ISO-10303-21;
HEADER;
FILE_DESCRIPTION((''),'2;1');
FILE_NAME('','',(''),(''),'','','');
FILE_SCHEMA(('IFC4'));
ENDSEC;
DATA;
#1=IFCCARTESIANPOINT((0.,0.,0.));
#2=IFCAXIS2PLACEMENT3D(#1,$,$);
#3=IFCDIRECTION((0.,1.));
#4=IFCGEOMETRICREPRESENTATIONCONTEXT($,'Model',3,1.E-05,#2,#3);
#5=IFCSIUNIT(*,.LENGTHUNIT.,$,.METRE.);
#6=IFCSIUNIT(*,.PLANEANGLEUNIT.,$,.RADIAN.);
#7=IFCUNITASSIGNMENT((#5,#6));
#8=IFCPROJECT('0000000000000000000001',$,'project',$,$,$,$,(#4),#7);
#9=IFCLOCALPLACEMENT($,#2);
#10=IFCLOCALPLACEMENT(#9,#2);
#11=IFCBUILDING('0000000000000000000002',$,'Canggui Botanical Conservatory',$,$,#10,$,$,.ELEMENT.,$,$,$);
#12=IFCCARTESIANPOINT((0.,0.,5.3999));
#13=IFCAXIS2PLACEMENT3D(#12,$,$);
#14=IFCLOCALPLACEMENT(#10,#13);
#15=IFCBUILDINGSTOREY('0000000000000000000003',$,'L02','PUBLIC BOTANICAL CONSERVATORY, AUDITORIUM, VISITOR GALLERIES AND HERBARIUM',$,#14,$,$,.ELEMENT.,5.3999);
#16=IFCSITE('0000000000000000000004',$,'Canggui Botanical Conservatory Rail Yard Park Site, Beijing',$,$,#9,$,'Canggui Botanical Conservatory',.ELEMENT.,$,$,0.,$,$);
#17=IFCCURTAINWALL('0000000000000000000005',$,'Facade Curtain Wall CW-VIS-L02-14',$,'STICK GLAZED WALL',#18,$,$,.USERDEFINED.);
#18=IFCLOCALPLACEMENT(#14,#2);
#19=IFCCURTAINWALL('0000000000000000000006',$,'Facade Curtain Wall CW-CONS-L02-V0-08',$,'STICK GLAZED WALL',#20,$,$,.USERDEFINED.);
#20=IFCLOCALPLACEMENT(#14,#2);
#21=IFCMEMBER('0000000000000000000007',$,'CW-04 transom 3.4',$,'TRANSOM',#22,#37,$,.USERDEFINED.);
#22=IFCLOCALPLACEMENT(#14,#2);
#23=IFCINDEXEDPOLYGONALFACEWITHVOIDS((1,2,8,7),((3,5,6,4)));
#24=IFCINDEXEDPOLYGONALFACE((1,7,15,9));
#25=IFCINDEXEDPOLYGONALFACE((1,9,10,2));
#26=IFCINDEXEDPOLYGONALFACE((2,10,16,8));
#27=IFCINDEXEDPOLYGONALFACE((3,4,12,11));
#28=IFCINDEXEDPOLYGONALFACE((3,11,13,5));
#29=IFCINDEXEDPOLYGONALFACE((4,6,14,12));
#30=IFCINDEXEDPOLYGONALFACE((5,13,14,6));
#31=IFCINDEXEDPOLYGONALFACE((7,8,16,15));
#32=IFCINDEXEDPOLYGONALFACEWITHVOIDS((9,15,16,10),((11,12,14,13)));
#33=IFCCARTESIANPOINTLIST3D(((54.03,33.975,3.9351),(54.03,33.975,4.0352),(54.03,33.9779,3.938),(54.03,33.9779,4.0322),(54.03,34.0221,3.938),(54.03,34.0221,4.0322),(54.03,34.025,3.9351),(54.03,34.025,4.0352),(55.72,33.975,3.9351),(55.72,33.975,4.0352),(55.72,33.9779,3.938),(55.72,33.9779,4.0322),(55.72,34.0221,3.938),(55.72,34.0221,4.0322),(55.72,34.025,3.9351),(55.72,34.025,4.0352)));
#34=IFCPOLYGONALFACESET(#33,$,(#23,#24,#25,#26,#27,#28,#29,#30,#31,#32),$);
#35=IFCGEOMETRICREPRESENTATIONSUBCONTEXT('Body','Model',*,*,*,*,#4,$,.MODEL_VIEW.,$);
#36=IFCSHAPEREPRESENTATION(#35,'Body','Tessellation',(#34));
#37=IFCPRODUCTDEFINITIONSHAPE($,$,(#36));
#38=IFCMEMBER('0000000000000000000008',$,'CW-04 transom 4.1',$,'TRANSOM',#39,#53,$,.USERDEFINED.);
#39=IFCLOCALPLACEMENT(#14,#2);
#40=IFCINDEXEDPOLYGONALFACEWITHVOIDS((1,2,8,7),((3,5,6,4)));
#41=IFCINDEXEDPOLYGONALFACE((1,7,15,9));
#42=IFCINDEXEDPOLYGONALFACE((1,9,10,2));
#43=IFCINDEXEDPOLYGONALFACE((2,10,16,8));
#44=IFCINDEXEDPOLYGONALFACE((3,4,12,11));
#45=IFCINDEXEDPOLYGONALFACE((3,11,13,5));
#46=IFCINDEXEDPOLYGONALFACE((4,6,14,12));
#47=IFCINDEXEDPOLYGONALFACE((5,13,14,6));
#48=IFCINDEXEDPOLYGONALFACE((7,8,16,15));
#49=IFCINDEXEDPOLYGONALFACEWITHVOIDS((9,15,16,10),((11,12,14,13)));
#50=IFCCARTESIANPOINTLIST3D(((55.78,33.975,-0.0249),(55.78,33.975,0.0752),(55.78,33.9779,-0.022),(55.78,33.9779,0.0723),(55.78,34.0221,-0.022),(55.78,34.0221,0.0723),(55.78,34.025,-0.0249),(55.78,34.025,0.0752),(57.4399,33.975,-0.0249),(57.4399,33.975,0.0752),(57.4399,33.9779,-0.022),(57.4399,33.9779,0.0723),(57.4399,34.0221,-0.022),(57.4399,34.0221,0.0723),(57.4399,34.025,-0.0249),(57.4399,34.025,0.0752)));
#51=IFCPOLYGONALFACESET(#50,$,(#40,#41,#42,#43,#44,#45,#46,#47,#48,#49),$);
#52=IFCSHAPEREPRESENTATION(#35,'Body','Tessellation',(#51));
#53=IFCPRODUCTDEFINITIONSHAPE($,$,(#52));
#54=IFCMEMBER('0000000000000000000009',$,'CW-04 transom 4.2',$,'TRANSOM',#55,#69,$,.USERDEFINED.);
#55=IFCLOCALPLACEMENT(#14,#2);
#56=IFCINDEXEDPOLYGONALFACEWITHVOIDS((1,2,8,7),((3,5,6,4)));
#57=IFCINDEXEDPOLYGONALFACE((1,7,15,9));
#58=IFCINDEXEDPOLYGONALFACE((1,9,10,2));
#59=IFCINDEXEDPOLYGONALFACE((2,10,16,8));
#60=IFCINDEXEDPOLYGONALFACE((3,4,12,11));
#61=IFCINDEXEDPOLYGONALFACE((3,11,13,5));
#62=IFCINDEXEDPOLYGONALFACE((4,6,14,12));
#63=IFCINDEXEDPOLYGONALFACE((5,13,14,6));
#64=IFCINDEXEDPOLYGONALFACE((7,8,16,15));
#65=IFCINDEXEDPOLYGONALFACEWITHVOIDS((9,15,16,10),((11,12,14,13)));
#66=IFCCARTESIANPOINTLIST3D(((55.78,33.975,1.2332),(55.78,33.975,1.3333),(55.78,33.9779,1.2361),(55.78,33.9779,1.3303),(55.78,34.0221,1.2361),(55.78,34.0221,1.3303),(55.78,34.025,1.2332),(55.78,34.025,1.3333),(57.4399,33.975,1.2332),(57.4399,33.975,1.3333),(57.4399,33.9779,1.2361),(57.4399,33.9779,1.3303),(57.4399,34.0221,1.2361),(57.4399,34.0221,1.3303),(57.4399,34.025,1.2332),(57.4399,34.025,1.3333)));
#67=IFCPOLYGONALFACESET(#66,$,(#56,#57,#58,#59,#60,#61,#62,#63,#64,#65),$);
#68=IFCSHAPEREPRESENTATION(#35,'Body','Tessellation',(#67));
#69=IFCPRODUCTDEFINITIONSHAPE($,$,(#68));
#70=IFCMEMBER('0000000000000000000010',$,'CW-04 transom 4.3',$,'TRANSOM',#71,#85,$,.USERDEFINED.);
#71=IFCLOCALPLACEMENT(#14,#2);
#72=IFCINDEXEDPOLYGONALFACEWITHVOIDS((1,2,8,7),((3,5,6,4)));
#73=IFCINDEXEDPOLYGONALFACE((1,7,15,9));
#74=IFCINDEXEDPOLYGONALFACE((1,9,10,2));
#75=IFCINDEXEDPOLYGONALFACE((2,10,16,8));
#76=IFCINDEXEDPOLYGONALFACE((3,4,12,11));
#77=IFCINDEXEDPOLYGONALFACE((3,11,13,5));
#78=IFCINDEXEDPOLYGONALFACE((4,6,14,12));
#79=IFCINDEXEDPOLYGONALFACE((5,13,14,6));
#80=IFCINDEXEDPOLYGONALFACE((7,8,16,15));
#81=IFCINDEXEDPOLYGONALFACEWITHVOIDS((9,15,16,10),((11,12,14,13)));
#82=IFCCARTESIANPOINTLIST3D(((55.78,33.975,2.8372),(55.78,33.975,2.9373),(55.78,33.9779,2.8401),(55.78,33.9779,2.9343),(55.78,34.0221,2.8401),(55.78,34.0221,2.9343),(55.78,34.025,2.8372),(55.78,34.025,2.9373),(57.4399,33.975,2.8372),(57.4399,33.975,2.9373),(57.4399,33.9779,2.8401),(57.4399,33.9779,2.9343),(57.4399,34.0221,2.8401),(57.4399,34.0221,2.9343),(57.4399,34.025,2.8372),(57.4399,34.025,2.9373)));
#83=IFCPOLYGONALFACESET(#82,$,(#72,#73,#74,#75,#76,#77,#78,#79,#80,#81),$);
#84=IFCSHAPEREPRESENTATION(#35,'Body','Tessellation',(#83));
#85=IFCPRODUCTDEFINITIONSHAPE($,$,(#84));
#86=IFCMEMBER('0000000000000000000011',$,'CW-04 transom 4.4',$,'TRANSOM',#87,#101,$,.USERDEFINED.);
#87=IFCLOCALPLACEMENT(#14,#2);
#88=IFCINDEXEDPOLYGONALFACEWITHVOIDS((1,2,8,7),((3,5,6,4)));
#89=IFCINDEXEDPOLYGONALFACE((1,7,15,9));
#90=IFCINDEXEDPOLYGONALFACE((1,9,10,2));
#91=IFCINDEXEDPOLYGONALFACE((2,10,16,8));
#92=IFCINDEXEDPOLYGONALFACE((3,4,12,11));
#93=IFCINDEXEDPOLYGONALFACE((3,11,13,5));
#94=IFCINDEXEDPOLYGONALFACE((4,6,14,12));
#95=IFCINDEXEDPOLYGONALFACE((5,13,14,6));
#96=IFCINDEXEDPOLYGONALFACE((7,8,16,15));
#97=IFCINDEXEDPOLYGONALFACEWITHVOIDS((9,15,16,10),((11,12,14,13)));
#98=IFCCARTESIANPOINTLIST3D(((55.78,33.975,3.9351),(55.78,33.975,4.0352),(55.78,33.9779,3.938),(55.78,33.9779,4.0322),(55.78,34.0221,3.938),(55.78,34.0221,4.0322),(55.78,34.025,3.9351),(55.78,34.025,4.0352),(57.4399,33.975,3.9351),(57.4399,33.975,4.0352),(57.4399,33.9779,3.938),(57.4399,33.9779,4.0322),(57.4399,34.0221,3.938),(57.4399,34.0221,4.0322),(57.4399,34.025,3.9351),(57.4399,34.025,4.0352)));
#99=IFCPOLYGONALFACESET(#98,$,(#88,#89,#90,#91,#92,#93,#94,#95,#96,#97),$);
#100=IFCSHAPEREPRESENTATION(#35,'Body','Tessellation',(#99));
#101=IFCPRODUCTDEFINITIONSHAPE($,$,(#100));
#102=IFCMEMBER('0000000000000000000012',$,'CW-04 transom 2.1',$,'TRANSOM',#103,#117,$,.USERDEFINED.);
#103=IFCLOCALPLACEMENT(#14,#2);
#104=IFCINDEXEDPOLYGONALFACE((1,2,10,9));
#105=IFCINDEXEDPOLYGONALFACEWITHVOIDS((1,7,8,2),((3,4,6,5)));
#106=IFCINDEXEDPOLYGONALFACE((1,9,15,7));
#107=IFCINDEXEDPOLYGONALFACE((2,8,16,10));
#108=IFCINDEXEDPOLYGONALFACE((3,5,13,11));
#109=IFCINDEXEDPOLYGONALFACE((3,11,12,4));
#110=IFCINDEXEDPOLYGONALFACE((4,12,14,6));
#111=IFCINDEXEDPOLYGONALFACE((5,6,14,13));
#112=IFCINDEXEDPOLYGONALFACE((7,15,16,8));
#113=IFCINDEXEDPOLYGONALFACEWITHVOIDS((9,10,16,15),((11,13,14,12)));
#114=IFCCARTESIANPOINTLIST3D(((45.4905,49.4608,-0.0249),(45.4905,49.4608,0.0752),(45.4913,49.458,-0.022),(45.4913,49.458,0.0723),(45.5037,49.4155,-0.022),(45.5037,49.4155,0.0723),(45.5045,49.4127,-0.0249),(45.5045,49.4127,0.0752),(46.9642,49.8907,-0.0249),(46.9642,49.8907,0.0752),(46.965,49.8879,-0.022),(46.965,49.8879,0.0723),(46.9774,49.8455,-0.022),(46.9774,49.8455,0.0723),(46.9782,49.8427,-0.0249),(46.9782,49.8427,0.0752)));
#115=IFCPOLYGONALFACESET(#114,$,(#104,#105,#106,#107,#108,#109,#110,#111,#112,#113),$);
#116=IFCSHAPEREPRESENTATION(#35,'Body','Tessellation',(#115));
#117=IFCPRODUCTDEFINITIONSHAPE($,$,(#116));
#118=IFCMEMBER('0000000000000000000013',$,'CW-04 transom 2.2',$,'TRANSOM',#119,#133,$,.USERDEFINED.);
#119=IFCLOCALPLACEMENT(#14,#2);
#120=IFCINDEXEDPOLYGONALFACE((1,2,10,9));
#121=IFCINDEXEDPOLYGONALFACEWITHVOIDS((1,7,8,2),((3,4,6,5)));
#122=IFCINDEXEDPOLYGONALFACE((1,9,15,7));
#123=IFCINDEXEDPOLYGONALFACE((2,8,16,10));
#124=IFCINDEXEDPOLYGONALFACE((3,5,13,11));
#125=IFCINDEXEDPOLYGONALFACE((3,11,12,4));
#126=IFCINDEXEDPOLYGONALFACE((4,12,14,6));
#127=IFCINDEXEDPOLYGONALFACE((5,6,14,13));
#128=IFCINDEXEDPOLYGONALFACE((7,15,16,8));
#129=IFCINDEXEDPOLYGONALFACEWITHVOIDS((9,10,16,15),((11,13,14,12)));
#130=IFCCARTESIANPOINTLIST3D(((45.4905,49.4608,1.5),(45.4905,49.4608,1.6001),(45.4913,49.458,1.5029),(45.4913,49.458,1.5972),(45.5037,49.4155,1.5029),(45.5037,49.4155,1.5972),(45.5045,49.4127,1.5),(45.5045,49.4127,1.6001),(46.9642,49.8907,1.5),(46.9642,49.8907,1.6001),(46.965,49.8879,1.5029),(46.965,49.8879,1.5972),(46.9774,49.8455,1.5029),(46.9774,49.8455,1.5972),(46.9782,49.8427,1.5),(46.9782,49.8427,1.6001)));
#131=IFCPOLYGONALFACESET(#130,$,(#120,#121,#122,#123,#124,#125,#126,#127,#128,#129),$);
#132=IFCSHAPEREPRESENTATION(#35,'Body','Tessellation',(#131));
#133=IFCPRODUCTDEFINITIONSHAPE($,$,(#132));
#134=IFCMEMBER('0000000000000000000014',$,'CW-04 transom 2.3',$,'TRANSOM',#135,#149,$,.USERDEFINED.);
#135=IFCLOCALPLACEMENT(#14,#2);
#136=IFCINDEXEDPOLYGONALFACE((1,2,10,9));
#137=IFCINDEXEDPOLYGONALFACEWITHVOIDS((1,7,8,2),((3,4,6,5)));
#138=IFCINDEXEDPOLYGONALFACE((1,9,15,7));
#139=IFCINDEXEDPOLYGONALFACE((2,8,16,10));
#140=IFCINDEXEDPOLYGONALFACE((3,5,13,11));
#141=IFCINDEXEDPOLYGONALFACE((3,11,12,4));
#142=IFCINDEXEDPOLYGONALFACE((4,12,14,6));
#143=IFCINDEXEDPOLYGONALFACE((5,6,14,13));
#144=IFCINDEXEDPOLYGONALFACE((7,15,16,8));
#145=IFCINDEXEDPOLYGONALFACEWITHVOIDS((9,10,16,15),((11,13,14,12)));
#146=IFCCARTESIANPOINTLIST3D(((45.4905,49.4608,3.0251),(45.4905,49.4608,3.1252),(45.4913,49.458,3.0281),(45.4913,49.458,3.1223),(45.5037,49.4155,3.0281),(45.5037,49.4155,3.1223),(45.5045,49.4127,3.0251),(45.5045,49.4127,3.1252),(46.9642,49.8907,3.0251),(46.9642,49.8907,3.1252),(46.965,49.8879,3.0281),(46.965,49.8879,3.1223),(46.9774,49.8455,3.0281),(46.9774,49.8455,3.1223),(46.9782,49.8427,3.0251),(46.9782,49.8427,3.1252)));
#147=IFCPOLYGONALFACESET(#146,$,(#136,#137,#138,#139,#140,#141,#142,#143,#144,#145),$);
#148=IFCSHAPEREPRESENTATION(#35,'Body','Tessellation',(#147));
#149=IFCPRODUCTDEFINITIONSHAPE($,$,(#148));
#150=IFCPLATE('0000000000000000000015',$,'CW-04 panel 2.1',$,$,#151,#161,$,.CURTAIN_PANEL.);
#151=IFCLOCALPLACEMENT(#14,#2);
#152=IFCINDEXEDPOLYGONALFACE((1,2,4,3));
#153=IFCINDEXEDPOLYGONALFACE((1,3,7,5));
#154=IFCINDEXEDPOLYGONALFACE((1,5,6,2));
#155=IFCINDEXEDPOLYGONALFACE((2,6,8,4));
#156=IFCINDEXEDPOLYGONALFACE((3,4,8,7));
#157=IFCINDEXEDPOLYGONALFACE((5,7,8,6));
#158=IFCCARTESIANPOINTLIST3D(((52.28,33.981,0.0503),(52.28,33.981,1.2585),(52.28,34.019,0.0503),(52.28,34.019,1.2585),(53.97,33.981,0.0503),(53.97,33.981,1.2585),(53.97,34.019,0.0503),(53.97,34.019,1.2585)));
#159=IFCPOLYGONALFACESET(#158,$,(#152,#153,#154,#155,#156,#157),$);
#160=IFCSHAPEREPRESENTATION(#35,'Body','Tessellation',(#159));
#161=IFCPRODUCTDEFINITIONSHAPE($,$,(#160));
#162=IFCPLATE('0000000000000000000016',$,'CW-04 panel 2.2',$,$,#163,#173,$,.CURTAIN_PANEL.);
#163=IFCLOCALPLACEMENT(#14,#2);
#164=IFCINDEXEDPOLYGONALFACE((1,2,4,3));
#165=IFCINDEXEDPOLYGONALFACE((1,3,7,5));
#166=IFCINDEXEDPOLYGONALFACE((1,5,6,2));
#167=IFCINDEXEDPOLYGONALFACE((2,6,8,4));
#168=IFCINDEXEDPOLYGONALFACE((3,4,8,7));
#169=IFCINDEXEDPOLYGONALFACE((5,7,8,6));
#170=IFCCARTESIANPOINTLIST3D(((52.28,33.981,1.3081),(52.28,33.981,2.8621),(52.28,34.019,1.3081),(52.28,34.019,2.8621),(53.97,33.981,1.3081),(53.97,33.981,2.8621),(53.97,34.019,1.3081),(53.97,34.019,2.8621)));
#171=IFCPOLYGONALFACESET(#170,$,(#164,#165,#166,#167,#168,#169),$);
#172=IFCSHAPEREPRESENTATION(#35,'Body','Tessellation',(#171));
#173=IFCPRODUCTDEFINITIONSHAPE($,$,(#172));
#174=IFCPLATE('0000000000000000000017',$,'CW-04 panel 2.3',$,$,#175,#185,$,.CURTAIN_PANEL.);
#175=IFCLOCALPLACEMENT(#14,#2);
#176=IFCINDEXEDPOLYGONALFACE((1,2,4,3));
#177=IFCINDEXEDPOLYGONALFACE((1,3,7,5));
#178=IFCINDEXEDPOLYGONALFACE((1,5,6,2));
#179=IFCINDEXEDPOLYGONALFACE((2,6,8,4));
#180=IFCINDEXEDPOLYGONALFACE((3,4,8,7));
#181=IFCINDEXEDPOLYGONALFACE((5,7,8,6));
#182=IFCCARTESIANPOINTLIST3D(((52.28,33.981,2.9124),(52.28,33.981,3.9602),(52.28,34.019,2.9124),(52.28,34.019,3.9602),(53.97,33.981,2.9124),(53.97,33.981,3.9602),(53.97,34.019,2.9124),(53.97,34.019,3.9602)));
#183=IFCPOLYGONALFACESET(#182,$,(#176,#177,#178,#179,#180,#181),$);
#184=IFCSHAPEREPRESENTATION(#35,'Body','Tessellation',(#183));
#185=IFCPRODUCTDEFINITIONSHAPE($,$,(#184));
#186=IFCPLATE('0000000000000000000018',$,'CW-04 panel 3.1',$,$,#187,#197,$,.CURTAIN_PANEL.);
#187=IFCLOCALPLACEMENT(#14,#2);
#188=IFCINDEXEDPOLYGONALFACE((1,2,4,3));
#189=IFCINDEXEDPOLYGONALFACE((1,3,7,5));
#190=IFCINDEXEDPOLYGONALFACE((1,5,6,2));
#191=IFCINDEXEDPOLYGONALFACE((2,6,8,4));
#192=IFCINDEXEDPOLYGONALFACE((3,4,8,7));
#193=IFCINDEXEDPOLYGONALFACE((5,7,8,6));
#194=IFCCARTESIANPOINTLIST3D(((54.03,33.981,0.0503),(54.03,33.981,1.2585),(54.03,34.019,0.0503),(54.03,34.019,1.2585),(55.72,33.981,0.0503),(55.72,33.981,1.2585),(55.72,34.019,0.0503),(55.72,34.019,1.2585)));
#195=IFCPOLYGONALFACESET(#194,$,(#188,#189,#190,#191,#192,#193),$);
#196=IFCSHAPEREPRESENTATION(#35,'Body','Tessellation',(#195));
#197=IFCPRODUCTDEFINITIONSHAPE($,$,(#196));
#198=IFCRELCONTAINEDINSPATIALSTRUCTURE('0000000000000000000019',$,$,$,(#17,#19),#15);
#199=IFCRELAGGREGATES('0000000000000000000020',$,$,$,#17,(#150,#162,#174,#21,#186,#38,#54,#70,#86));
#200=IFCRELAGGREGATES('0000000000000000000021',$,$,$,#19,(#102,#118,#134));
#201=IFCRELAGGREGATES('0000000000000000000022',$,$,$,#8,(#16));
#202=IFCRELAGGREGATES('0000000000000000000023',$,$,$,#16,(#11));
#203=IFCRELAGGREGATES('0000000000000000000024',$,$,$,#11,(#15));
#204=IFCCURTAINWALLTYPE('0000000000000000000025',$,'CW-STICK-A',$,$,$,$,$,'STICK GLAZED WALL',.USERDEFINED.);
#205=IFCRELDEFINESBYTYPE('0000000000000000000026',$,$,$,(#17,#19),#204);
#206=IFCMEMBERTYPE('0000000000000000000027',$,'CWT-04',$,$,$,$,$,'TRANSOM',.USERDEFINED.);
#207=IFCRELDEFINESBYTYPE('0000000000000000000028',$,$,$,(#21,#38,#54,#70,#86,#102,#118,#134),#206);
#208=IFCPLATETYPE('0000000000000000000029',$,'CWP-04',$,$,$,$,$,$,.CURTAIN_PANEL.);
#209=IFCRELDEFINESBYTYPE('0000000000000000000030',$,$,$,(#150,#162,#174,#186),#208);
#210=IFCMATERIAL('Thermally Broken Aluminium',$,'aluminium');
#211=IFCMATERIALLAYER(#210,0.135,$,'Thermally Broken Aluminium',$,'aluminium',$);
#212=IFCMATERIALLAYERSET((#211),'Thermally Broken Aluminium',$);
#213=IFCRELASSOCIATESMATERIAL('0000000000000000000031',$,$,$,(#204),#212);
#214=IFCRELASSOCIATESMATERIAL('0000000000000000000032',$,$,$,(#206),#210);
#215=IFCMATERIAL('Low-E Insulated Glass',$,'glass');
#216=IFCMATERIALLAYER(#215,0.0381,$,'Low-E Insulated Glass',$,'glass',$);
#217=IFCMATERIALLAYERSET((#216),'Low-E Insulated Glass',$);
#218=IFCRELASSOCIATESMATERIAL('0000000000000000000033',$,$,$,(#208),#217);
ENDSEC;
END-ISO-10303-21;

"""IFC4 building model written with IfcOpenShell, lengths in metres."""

from ifc_helpers import new_model, si_unit, direction, frame, origin, origin_2d, place, context, subcontext, project, spatial, rectangle, hollow_rectangle, extrude, material, layer, layer_set, material_profile, profile_set, type_object, element, aggregate, save


model = new_model("IFC4")

# Units and contexts
model_context = context("Model", 3, precision=1e-05, world=origin(), true_north=direction((0.0, 1.0)))
body_context = subcontext(model_context, "Body", "Model", "MODEL_VIEW")
ifc_project = project(units=[si_unit("LENGTHUNIT", "METRE"), si_unit("PLANEANGLEUNIT", "RADIAN")], contexts=[model_context])

# Site, building, storey
site_placement = place(None, origin())
site = spatial("IfcSite", under=ifc_project, at=site_placement, Name="Canggui Botanical Conservatory Rail Yard Park Site, Beijing", LongName="Canggui Botanical Conservatory", CompositionType="ELEMENT", RefElevation=0.0)
building_placement = place(site_placement, origin())
building = spatial("IfcBuilding", under=site, at=building_placement, Name="Canggui Botanical Conservatory", CompositionType="ELEMENT")
storey_placement = place(building_placement, frame((0.0, 0.0, 5.3999)))
storey = spatial("IfcBuildingStorey", under=building, at=storey_placement, Name="L02", Description="PUBLIC BOTANICAL CONSERVATORY, AUDITORIUM, VISITOR GALLERIES AND HERBARIUM", CompositionType="ELEMENT", Elevation=5.3999)

# Curtain wall
ifc_material_1 = material(Name="Thermally Broken Aluminium", Category="aluminium")
ifc_layer_1 = layer(ifc_material_1, 0.135, Name="Thermally Broken Aluminium", Category="aluminium")
ifc_layer_set_1 = layer_set([ifc_layer_1], Name="Thermally Broken Aluminium")
curtain_wall_type = type_object("IfcCurtainWallType", Name="CW-STICK-A", ElementType="STICK GLAZED WALL", PredefinedType="USERDEFINED", material=ifc_layer_set_1)
curtain_wall_1_placement = place(storey_placement, origin())
curtain_wall_1 = element("IfcCurtainWall", 1, at=curtain_wall_1_placement, inside=storey, type_object=curtain_wall_type, Name="Facade Curtain Wall CW-VIS-L02-14", ObjectType="STICK GLAZED WALL", PredefinedType="USERDEFINED")

# Curtain wall
curtain_wall_2_placement = place(storey_placement, origin())
curtain_wall_2 = element("IfcCurtainWall", 2, at=curtain_wall_2_placement, inside=storey, type_object=curtain_wall_type, Name="Facade Curtain Wall CW-CONS-L02-V0-08", ObjectType="STICK GLAZED WALL", PredefinedType="USERDEFINED")

# Members
ifc_material_profile_1 = material_profile(ifc_material_1, hollow_rectangle(XDim=0.05, YDim=0.1001, WallThickness=0.0029, at=origin_2d()), Name="CWT 50x100x3")
ifc_profile_set_1 = profile_set([ifc_material_profile_1], Name="Thermally Broken Aluminium")
member_type_1 = type_object("IfcMemberType", Name="CWT-04", ElementType="TRANSOM", PredefinedType="USERDEFINED", material=ifc_profile_set_1)
member_1_placement = place(storey_placement, frame((54.03, 34.0, 3.9851), z_axis=(1.0, 0.0, 0.0), x_axis=(0.0, 1.0, 0.0)))
member_1 = element("IfcMember", 3, at=member_1_placement, type_object=member_type_1, Name="CW-04 transom 3.4", ObjectType="TRANSOM", PredefinedType="USERDEFINED", context=body_context, shape_type="SweptSolid", body=[
    extrude(hollow_rectangle(XDim=0.05, YDim=0.1001, WallThickness=0.0029, at=origin_2d()), origin(), (0.0, 0.0, 1.0), 1.6899),
])
member_2_placement = place(storey_placement, frame((55.78, 34.0, 0.0251), z_axis=(1.0, 0.0, 0.0), x_axis=(0.0, 1.0, 0.0)))
member_2 = element("IfcMember", 4, at=member_2_placement, type_object=member_type_1, Name="CW-04 transom 4.1", ObjectType="TRANSOM", PredefinedType="USERDEFINED", context=body_context, shape_type="SweptSolid", body=[
    extrude(hollow_rectangle(XDim=0.05, YDim=0.1001, WallThickness=0.0029, at=origin_2d()), origin(), (0.0, 0.0, 1.0), 1.6599),
])
member_3_placement = place(storey_placement, frame((55.78, 34.0, 1.2832), z_axis=(1.0, 0.0, 0.0), x_axis=(0.0, 1.0, 0.0)))
member_3 = element("IfcMember", 5, at=member_3_placement, type_object=member_type_1, Name="CW-04 transom 4.2", ObjectType="TRANSOM", PredefinedType="USERDEFINED", context=body_context, shape_type="SweptSolid", body=[
    extrude(hollow_rectangle(XDim=0.05, YDim=0.1001, WallThickness=0.0029, at=origin_2d()), origin(), (0.0, 0.0, 1.0), 1.6599),
])
member_4_placement = place(storey_placement, frame((55.78, 34.0, 2.8872), z_axis=(1.0, 0.0, 0.0), x_axis=(0.0, 1.0, 0.0)))
member_4 = element("IfcMember", 6, at=member_4_placement, type_object=member_type_1, Name="CW-04 transom 4.3", ObjectType="TRANSOM", PredefinedType="USERDEFINED", context=body_context, shape_type="SweptSolid", body=[
    extrude(hollow_rectangle(XDim=0.05, YDim=0.1001, WallThickness=0.0029, at=origin_2d()), origin(), (0.0, 0.0, 1.0), 1.6599),
])
member_5_placement = place(storey_placement, frame((55.78, 34.0, 3.9851), z_axis=(1.0, 0.0, 0.0), x_axis=(0.0, 1.0, 0.0)))
member_5 = element("IfcMember", 7, at=member_5_placement, type_object=member_type_1, Name="CW-04 transom 4.4", ObjectType="TRANSOM", PredefinedType="USERDEFINED", context=body_context, shape_type="SweptSolid", body=[
    extrude(hollow_rectangle(XDim=0.05, YDim=0.1001, WallThickness=0.0029, at=origin_2d()), origin(), (0.0, 0.0, 1.0), 1.6599),
])
member_6_placement = place(storey_placement, frame((46.9712, 49.8667, 0.0251), z_axis=(-0.959979, -0.280073, 0.0), x_axis=(0.280073, -0.959979, 0.0)))
member_6 = element("IfcMember", 8, at=member_6_placement, type_object=member_type_1, Name="CW-04 transom 2.1", ObjectType="TRANSOM", PredefinedType="USERDEFINED", context=body_context, shape_type="SweptSolid", body=[
    extrude(hollow_rectangle(XDim=0.05, YDim=0.1001, WallThickness=0.0029, at=origin_2d()), origin(), (0.0, 0.0, 1.0), 1.5352),
])
member_7_placement = place(storey_placement, frame((46.9712, 49.8667, 1.55), z_axis=(-0.959979, -0.280073, 0.0), x_axis=(0.280073, -0.959979, 0.0)))
member_7 = element("IfcMember", 9, at=member_7_placement, type_object=member_type_1, Name="CW-04 transom 2.2", ObjectType="TRANSOM", PredefinedType="USERDEFINED", context=body_context, shape_type="SweptSolid", body=[
    extrude(hollow_rectangle(XDim=0.05, YDim=0.1001, WallThickness=0.0029, at=origin_2d()), origin(), (0.0, 0.0, 1.0), 1.5352),
])
member_8_placement = place(storey_placement, frame((46.9712, 49.8667, 3.0752), z_axis=(-0.959979, -0.280073, 0.0), x_axis=(0.280073, -0.959979, 0.0)))
member_8 = element("IfcMember", 10, at=member_8_placement, type_object=member_type_1, Name="CW-04 transom 2.3", ObjectType="TRANSOM", PredefinedType="USERDEFINED", context=body_context, shape_type="SweptSolid", body=[
    extrude(hollow_rectangle(XDim=0.05, YDim=0.1001, WallThickness=0.0029, at=origin_2d()), origin(), (0.0, 0.0, 1.0), 1.5352),
])

# Plates
ifc_material_2 = material(Name="Low-E Insulated Glass", Category="glass")
ifc_layer_2 = layer(ifc_material_2, 0.0381, Name="Low-E Insulated Glass", Category="glass")
ifc_layer_set_2 = layer_set([ifc_layer_2], Name="Low-E Insulated Glass")
plate_type = type_object("IfcPlateType", Name="CWP-04", PredefinedType="CURTAIN_PANEL", material=ifc_layer_set_2)
plate_1_placement = place(storey_placement, frame((53.125, 34.0, 0.0503), z_axis=(0.0, 0.0, 1.0), x_axis=(1.0, 0.0, 0.0)))
plate_1 = element("IfcPlate", 11, at=plate_1_placement, type_object=plate_type, Name="CW-04 panel 2.1", PredefinedType="CURTAIN_PANEL", context=body_context, shape_type="SweptSolid", body=[
    extrude(rectangle(XDim=1.6899, YDim=0.0381, at=origin_2d()), origin(), (0.0, 0.0, 1.0), 1.2083),
])
plate_2_placement = place(storey_placement, frame((53.125, 34.0, 1.3081), z_axis=(0.0, 0.0, 1.0), x_axis=(1.0, 0.0, 0.0)))
plate_2 = element("IfcPlate", 12, at=plate_2_placement, type_object=plate_type, Name="CW-04 panel 2.2", PredefinedType="CURTAIN_PANEL", context=body_context, shape_type="SweptSolid", body=[
    extrude(rectangle(XDim=1.6899, YDim=0.0381, at=origin_2d()), origin(), (0.0, 0.0, 1.0), 1.554),
])
plate_3_placement = place(storey_placement, frame((53.125, 34.0, 2.9124), z_axis=(0.0, 0.0, 1.0), x_axis=(1.0, 0.0, 0.0)))
plate_3 = element("IfcPlate", 13, at=plate_3_placement, type_object=plate_type, Name="CW-04 panel 2.3", PredefinedType="CURTAIN_PANEL", context=body_context, shape_type="SweptSolid", body=[
    extrude(rectangle(XDim=1.6899, YDim=0.0381, at=origin_2d()), origin(), (0.0, 0.0, 1.0), 1.0479),
])
plate_4_placement = place(storey_placement, frame((54.875, 34.0, 0.0503), z_axis=(0.0, 0.0, 1.0), x_axis=(1.0, 0.0, 0.0)))
plate_4 = element("IfcPlate", 14, at=plate_4_placement, type_object=plate_type, Name="CW-04 panel 3.1", PredefinedType="CURTAIN_PANEL", context=body_context, shape_type="SweptSolid", body=[
    extrude(rectangle(XDim=1.6899, YDim=0.0381, at=origin_2d()), origin(), (0.0, 0.0, 1.0), 1.2083),
])
aggregate(curtain_wall_1, [plate_1, plate_2, plate_3, member_1, plate_4, member_2, member_3, member_4, member_5])
aggregate(curtain_wall_2, [member_6, member_7, member_8])

save(model, "model.ifc")
